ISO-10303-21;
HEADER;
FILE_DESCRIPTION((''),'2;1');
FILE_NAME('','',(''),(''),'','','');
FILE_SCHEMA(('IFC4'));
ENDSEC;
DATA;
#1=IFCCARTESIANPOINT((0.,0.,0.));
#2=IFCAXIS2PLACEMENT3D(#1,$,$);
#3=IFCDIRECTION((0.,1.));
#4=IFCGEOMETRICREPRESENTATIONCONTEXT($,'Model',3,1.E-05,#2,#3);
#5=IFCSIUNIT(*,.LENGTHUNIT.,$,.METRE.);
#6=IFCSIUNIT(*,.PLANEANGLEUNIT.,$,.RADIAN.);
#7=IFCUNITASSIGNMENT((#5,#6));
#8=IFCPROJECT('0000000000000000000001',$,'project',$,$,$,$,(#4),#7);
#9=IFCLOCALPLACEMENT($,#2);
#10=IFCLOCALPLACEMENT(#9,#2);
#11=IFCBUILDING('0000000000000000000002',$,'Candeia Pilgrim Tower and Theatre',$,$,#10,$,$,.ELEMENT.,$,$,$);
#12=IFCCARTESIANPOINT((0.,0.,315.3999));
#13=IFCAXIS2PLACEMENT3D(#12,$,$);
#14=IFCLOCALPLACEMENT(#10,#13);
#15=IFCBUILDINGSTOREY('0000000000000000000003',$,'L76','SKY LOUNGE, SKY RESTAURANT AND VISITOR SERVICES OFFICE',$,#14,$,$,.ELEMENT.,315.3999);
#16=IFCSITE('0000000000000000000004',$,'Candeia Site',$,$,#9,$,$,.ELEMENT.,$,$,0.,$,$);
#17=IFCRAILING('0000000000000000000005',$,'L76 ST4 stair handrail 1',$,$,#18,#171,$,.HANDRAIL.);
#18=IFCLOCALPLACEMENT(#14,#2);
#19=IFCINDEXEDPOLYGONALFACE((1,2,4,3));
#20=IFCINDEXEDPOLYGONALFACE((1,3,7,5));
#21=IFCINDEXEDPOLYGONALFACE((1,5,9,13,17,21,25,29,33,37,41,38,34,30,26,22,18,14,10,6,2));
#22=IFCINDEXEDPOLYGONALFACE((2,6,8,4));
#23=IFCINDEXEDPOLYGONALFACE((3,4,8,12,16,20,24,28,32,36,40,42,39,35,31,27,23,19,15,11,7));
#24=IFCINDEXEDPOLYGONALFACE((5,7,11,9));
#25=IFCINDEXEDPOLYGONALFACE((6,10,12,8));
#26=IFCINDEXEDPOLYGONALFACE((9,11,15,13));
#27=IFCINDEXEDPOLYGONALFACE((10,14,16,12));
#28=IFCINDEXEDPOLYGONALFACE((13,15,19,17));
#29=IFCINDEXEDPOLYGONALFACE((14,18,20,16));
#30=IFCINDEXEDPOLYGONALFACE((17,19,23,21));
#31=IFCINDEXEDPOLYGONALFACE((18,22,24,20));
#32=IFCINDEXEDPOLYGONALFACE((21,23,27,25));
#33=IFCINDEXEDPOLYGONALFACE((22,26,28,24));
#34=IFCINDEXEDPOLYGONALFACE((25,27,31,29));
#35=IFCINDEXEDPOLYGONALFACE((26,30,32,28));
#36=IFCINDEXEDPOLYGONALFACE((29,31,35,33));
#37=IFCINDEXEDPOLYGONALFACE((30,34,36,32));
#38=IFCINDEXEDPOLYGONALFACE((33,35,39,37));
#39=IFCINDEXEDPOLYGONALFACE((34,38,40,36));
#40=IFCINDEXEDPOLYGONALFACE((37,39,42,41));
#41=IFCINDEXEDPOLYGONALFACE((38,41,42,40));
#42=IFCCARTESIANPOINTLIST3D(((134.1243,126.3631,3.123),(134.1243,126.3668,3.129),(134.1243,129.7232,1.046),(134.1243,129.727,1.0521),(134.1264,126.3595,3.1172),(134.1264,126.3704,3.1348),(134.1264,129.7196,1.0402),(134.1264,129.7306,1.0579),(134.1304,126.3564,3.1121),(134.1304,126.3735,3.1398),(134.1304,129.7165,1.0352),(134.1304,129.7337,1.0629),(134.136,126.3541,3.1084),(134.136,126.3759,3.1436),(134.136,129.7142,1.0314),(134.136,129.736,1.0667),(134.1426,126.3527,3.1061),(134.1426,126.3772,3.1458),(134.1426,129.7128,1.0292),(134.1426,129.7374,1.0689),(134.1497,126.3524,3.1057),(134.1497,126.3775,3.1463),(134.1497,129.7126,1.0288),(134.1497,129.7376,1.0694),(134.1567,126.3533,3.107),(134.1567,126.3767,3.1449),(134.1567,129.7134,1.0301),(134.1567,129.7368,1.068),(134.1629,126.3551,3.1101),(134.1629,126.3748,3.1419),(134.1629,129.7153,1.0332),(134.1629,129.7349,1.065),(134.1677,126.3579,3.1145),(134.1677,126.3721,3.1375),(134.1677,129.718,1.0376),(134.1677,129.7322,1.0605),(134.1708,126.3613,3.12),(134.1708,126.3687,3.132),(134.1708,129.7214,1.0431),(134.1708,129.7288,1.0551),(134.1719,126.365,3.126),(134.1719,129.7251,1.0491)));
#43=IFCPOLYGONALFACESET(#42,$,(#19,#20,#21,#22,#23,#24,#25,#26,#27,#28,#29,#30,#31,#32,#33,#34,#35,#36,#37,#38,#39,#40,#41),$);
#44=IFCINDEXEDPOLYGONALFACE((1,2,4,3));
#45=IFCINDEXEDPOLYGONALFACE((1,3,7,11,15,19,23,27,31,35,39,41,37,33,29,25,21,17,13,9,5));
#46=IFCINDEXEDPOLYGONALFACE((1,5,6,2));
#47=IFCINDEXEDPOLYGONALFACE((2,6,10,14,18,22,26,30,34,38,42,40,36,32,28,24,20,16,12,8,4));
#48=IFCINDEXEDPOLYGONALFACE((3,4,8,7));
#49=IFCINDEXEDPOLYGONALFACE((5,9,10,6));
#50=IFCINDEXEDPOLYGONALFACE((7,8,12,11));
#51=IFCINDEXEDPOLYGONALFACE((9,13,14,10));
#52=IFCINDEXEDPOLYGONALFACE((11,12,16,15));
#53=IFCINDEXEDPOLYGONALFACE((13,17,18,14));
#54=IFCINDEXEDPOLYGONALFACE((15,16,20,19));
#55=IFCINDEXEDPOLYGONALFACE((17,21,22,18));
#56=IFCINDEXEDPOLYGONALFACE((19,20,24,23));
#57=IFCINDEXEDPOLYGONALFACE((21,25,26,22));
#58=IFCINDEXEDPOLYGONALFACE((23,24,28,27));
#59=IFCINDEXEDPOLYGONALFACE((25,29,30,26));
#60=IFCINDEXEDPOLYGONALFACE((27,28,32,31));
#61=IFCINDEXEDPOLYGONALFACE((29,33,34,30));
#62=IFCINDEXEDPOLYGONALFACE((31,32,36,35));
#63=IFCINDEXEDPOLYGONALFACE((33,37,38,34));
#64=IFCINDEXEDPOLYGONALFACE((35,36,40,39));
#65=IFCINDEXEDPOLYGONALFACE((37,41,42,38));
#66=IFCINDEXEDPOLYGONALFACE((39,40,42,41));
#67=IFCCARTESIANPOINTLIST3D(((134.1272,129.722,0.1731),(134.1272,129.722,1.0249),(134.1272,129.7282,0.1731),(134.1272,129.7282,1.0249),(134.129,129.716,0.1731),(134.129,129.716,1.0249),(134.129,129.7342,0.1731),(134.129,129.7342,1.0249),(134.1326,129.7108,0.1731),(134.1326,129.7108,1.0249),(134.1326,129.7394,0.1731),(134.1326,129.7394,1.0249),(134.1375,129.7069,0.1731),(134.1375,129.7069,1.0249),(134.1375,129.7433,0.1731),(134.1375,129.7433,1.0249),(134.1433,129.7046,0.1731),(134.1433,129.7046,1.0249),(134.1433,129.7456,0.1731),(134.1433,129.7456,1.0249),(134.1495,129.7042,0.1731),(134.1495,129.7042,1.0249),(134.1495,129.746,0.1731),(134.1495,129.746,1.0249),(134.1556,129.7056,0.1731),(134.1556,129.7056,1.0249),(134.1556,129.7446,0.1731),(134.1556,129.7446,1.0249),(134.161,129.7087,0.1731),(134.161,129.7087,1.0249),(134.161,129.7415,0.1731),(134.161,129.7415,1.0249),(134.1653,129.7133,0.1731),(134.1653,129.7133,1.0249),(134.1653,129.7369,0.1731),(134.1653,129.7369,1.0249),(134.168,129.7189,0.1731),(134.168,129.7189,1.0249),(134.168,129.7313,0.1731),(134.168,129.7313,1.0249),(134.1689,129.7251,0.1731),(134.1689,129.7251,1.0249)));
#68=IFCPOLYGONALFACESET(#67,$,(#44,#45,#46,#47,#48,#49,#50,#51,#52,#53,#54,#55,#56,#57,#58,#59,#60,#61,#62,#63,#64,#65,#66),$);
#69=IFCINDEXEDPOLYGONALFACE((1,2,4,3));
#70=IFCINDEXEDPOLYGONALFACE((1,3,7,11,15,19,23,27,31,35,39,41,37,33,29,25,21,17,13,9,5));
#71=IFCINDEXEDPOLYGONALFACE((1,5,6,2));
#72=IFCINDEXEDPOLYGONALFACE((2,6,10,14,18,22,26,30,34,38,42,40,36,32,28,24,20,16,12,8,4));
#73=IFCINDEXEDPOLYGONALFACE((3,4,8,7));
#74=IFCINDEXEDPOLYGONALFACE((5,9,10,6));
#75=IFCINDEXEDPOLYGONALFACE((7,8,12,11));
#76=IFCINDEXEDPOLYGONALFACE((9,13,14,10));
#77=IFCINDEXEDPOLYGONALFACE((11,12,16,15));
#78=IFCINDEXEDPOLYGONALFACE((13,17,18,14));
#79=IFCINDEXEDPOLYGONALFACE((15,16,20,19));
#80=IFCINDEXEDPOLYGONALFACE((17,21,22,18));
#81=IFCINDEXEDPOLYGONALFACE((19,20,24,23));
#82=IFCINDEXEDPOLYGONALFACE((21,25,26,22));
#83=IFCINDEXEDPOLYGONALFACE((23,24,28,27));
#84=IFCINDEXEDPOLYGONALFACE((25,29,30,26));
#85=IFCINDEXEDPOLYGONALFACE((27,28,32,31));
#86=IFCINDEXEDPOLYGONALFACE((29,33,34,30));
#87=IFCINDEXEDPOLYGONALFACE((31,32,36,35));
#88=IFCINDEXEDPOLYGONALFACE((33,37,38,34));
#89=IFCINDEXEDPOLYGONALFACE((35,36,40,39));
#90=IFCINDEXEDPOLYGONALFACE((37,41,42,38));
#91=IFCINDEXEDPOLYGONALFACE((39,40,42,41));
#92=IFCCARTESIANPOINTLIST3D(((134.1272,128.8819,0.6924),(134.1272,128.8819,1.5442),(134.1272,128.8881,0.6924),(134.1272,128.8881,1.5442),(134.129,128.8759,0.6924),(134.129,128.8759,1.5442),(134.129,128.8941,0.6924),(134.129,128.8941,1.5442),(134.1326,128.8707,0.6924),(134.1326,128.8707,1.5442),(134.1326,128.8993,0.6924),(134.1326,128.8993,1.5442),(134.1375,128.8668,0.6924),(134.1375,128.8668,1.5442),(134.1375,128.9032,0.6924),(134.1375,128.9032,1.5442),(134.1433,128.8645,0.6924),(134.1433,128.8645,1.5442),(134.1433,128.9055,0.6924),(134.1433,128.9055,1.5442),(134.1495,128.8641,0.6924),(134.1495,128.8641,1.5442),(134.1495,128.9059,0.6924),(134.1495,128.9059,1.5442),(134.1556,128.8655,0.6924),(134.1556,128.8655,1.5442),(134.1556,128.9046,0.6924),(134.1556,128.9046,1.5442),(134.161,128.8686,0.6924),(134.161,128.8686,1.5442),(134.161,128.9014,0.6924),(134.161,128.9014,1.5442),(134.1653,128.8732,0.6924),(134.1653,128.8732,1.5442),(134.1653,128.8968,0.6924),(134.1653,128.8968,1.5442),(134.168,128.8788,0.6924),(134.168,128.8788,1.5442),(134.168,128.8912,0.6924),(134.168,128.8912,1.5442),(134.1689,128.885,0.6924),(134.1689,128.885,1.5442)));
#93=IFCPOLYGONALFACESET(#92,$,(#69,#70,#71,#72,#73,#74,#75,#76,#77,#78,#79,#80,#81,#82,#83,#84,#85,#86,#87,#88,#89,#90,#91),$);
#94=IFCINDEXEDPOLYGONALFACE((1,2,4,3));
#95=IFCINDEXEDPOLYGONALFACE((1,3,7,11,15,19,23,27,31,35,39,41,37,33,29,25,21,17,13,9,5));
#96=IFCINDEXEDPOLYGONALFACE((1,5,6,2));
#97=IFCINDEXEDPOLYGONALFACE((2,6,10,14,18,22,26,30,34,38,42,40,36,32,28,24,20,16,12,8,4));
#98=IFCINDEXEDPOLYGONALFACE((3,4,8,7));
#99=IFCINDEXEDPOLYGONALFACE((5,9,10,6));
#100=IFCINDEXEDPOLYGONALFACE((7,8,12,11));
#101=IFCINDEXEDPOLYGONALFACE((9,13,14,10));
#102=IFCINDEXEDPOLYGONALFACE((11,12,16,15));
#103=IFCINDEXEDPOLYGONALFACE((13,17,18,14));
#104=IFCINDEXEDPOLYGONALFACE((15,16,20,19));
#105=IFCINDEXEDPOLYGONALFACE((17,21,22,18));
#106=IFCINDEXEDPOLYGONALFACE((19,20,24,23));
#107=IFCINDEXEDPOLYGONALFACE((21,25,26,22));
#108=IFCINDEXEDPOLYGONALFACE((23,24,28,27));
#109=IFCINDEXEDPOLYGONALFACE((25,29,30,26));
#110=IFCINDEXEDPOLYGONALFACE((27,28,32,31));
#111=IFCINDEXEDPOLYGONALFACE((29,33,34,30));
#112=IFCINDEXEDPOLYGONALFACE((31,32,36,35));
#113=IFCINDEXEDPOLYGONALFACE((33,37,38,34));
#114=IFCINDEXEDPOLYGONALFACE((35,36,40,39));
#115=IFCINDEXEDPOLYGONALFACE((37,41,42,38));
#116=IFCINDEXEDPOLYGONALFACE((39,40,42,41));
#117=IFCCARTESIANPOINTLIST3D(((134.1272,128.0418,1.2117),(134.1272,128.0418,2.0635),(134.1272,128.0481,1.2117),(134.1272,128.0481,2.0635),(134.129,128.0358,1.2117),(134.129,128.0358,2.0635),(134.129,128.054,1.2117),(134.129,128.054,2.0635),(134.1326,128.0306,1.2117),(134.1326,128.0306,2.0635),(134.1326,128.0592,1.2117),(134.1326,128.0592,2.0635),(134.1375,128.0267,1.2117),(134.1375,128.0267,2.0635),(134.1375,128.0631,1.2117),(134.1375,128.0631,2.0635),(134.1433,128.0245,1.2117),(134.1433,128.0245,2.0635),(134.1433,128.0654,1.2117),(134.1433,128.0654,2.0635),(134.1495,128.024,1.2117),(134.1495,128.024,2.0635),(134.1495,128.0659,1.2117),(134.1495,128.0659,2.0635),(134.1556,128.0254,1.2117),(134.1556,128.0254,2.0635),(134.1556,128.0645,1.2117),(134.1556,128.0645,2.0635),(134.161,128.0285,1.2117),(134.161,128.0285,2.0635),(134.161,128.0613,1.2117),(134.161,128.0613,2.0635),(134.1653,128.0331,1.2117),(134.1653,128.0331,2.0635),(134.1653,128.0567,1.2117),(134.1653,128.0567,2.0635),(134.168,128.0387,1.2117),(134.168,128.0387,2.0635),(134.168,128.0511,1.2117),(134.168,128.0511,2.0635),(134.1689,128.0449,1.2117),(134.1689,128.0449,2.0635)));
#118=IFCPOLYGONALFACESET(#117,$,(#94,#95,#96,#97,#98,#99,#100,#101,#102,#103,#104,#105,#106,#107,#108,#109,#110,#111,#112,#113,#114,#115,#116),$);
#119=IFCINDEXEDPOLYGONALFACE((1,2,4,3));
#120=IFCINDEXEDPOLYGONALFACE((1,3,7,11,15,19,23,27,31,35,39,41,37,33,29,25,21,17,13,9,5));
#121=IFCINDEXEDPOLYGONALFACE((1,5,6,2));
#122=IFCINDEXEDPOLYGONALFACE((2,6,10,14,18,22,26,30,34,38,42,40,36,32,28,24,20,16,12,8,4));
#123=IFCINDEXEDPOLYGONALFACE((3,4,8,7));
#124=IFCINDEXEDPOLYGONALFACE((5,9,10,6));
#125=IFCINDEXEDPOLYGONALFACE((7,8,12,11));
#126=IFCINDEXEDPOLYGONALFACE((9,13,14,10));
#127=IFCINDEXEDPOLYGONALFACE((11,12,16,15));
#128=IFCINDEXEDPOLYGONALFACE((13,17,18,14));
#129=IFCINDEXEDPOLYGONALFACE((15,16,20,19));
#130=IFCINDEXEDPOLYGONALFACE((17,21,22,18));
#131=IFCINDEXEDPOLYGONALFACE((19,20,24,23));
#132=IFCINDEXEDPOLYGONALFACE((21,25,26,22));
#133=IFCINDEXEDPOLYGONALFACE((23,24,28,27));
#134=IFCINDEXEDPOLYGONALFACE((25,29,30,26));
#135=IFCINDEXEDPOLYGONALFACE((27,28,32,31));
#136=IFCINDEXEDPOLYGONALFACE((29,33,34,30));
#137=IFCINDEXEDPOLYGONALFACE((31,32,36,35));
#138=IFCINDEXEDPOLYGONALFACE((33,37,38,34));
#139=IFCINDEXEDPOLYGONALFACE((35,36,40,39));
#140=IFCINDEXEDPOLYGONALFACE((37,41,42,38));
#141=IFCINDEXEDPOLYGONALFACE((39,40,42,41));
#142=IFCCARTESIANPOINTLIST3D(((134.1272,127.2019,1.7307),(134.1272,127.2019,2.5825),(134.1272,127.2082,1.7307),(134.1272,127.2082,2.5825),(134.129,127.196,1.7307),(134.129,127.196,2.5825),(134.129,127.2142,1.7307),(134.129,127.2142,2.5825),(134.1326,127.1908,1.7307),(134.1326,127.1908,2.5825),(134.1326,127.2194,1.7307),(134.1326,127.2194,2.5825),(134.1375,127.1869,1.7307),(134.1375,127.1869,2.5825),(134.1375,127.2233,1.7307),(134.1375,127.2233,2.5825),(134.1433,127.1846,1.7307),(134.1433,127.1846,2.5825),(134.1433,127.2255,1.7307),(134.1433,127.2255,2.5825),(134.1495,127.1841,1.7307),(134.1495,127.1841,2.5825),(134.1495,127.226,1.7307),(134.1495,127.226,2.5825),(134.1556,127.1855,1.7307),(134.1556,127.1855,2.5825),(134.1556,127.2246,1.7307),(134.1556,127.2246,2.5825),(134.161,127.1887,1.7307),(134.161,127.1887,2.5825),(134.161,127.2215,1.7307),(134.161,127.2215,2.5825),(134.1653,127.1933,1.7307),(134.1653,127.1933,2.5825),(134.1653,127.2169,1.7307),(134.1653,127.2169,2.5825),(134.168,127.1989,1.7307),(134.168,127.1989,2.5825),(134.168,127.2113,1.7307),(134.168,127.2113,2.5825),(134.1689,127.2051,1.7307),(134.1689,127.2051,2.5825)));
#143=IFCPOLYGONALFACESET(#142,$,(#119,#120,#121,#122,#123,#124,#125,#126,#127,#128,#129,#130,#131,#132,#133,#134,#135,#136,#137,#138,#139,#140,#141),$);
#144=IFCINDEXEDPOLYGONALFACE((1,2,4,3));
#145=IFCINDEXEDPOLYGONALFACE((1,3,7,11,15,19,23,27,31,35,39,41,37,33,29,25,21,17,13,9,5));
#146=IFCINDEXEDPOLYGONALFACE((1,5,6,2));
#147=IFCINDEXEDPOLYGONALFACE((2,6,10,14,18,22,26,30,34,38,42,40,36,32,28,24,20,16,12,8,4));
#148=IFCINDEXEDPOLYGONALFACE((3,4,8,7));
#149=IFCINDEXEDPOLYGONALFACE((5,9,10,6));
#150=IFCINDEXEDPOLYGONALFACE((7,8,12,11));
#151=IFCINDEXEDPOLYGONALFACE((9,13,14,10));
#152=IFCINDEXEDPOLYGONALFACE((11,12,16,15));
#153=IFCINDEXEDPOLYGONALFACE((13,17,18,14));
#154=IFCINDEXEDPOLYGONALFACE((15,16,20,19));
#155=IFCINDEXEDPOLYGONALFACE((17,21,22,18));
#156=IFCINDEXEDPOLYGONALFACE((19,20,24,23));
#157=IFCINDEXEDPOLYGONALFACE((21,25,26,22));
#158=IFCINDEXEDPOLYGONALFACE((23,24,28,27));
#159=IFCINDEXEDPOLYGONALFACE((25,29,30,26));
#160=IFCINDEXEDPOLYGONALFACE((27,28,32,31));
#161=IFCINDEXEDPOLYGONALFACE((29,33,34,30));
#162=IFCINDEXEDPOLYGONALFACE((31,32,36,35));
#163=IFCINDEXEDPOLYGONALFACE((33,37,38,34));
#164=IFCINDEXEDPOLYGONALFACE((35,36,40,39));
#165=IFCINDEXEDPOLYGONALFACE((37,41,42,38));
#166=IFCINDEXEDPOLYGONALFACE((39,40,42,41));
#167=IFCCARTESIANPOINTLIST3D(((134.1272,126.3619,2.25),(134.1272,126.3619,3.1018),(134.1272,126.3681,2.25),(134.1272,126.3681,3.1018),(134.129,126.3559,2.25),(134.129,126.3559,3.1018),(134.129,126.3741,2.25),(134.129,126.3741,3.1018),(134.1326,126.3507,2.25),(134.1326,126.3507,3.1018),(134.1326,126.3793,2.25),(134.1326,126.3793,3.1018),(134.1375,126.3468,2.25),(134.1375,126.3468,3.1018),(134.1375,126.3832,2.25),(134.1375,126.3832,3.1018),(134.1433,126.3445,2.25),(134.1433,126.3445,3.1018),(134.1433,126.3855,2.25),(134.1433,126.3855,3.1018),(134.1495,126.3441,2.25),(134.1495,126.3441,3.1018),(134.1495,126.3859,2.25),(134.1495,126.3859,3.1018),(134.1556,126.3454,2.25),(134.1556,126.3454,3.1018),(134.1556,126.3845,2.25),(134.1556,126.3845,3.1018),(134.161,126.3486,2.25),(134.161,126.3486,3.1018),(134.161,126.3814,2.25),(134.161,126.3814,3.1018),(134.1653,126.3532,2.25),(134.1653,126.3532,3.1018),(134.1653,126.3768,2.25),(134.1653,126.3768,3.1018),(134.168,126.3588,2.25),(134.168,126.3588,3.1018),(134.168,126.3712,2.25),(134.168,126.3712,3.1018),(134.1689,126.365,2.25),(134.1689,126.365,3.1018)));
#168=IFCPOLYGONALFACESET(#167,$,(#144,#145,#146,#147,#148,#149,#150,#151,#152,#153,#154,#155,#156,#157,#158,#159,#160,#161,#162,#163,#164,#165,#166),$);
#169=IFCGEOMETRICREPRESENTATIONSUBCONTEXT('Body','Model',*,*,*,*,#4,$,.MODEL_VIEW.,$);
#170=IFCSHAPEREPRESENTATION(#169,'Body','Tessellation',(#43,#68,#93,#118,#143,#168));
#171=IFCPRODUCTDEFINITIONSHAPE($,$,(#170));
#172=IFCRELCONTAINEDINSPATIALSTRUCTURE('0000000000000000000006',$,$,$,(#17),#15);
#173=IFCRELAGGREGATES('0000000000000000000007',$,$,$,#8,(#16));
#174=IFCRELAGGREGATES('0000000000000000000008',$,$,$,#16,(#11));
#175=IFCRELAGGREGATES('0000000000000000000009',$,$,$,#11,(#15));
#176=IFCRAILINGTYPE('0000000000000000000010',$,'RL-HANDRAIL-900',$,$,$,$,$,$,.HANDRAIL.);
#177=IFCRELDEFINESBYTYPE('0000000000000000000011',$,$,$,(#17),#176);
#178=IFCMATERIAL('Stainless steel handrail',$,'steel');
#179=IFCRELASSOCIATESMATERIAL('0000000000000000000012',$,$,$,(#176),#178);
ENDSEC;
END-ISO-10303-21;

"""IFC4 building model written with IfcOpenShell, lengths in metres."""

from ifc_helpers import new_model, si_unit, direction, frame, origin, origin_2d, place, context, subcontext, project, spatial, circle, extrude, material, type_object, element, save


model = new_model("IFC4")

# Units and contexts
model_context = context("Model", 3, precision=1e-05, world=origin(), true_north=direction((0.0, 1.0)))
body_context = subcontext(model_context, "Body", "Model", "MODEL_VIEW")
ifc_project = project(units=[si_unit("LENGTHUNIT", "METRE"), si_unit("PLANEANGLEUNIT", "RADIAN")], contexts=[model_context])

# Site, building, storey
site_placement = place(None, origin())
site = spatial("IfcSite", under=ifc_project, at=site_placement, Name="Candeia Site", CompositionType="ELEMENT", RefElevation=0.0)
building_placement = place(site_placement, origin())
building = spatial("IfcBuilding", under=site, at=building_placement, Name="Candeia Pilgrim Tower and Theatre", CompositionType="ELEMENT")
storey_placement = place(building_placement, frame((0.0, 0.0, 315.3999)))
storey = spatial("IfcBuildingStorey", under=building, at=storey_placement, Name="L76", Description="SKY LOUNGE, SKY RESTAURANT AND VISITOR SERVICES OFFICE", CompositionType="ELEMENT", Elevation=315.3999)

# Railing
ifc_material_1 = material(Name="Stainless steel handrail", Category="steel")
railing_type_1 = type_object("IfcRailingType", Name="RL-HANDRAIL-900", PredefinedType="HANDRAIL", material=ifc_material_1)
railing_1_placement = place(storey_placement, frame((134.1479, 129.7251, 0.1731)))
element("IfcRailing", 1, at=railing_1_placement, inside=storey, type_object=railing_type_1, Name="L76 ST4 stair handrail 1", PredefinedType="HANDRAIL", context=body_context, shape_type="SweptSolid", body=[
    extrude(circle(Radius=0.0239, at=origin_2d()), frame((0.0, 0.0, 0.876), z_axis=(0.0, -0.850623, 0.525776), x_axis=(1.0, 0.0, 0.0)), (0.0, 0.0, 1.0), 3.9502),
    extrude(circle(Radius=0.021, at=origin_2d()), origin(), (0.0, 0.0, 1.0), 0.8518),
    extrude(circle(Radius=0.021, at=origin_2d()), frame((0.0, -0.8401, 0.5193)), (0.0, 0.0, 1.0), 0.8518),
    extrude(circle(Radius=0.021, at=origin_2d()), frame((0.0, -1.6802, 1.0386)), (0.0, 0.0, 1.0), 0.8518),
    extrude(circle(Radius=0.021, at=origin_2d()), frame((0.0, -2.52, 1.5576)), (0.0, 0.0, 1.0), 0.8518),
    extrude(circle(Radius=0.021, at=origin_2d()), frame((0.0, -3.3601, 2.0769)), (0.0, 0.0, 1.0), 0.8518),
])

save(model, "model.ifc")
